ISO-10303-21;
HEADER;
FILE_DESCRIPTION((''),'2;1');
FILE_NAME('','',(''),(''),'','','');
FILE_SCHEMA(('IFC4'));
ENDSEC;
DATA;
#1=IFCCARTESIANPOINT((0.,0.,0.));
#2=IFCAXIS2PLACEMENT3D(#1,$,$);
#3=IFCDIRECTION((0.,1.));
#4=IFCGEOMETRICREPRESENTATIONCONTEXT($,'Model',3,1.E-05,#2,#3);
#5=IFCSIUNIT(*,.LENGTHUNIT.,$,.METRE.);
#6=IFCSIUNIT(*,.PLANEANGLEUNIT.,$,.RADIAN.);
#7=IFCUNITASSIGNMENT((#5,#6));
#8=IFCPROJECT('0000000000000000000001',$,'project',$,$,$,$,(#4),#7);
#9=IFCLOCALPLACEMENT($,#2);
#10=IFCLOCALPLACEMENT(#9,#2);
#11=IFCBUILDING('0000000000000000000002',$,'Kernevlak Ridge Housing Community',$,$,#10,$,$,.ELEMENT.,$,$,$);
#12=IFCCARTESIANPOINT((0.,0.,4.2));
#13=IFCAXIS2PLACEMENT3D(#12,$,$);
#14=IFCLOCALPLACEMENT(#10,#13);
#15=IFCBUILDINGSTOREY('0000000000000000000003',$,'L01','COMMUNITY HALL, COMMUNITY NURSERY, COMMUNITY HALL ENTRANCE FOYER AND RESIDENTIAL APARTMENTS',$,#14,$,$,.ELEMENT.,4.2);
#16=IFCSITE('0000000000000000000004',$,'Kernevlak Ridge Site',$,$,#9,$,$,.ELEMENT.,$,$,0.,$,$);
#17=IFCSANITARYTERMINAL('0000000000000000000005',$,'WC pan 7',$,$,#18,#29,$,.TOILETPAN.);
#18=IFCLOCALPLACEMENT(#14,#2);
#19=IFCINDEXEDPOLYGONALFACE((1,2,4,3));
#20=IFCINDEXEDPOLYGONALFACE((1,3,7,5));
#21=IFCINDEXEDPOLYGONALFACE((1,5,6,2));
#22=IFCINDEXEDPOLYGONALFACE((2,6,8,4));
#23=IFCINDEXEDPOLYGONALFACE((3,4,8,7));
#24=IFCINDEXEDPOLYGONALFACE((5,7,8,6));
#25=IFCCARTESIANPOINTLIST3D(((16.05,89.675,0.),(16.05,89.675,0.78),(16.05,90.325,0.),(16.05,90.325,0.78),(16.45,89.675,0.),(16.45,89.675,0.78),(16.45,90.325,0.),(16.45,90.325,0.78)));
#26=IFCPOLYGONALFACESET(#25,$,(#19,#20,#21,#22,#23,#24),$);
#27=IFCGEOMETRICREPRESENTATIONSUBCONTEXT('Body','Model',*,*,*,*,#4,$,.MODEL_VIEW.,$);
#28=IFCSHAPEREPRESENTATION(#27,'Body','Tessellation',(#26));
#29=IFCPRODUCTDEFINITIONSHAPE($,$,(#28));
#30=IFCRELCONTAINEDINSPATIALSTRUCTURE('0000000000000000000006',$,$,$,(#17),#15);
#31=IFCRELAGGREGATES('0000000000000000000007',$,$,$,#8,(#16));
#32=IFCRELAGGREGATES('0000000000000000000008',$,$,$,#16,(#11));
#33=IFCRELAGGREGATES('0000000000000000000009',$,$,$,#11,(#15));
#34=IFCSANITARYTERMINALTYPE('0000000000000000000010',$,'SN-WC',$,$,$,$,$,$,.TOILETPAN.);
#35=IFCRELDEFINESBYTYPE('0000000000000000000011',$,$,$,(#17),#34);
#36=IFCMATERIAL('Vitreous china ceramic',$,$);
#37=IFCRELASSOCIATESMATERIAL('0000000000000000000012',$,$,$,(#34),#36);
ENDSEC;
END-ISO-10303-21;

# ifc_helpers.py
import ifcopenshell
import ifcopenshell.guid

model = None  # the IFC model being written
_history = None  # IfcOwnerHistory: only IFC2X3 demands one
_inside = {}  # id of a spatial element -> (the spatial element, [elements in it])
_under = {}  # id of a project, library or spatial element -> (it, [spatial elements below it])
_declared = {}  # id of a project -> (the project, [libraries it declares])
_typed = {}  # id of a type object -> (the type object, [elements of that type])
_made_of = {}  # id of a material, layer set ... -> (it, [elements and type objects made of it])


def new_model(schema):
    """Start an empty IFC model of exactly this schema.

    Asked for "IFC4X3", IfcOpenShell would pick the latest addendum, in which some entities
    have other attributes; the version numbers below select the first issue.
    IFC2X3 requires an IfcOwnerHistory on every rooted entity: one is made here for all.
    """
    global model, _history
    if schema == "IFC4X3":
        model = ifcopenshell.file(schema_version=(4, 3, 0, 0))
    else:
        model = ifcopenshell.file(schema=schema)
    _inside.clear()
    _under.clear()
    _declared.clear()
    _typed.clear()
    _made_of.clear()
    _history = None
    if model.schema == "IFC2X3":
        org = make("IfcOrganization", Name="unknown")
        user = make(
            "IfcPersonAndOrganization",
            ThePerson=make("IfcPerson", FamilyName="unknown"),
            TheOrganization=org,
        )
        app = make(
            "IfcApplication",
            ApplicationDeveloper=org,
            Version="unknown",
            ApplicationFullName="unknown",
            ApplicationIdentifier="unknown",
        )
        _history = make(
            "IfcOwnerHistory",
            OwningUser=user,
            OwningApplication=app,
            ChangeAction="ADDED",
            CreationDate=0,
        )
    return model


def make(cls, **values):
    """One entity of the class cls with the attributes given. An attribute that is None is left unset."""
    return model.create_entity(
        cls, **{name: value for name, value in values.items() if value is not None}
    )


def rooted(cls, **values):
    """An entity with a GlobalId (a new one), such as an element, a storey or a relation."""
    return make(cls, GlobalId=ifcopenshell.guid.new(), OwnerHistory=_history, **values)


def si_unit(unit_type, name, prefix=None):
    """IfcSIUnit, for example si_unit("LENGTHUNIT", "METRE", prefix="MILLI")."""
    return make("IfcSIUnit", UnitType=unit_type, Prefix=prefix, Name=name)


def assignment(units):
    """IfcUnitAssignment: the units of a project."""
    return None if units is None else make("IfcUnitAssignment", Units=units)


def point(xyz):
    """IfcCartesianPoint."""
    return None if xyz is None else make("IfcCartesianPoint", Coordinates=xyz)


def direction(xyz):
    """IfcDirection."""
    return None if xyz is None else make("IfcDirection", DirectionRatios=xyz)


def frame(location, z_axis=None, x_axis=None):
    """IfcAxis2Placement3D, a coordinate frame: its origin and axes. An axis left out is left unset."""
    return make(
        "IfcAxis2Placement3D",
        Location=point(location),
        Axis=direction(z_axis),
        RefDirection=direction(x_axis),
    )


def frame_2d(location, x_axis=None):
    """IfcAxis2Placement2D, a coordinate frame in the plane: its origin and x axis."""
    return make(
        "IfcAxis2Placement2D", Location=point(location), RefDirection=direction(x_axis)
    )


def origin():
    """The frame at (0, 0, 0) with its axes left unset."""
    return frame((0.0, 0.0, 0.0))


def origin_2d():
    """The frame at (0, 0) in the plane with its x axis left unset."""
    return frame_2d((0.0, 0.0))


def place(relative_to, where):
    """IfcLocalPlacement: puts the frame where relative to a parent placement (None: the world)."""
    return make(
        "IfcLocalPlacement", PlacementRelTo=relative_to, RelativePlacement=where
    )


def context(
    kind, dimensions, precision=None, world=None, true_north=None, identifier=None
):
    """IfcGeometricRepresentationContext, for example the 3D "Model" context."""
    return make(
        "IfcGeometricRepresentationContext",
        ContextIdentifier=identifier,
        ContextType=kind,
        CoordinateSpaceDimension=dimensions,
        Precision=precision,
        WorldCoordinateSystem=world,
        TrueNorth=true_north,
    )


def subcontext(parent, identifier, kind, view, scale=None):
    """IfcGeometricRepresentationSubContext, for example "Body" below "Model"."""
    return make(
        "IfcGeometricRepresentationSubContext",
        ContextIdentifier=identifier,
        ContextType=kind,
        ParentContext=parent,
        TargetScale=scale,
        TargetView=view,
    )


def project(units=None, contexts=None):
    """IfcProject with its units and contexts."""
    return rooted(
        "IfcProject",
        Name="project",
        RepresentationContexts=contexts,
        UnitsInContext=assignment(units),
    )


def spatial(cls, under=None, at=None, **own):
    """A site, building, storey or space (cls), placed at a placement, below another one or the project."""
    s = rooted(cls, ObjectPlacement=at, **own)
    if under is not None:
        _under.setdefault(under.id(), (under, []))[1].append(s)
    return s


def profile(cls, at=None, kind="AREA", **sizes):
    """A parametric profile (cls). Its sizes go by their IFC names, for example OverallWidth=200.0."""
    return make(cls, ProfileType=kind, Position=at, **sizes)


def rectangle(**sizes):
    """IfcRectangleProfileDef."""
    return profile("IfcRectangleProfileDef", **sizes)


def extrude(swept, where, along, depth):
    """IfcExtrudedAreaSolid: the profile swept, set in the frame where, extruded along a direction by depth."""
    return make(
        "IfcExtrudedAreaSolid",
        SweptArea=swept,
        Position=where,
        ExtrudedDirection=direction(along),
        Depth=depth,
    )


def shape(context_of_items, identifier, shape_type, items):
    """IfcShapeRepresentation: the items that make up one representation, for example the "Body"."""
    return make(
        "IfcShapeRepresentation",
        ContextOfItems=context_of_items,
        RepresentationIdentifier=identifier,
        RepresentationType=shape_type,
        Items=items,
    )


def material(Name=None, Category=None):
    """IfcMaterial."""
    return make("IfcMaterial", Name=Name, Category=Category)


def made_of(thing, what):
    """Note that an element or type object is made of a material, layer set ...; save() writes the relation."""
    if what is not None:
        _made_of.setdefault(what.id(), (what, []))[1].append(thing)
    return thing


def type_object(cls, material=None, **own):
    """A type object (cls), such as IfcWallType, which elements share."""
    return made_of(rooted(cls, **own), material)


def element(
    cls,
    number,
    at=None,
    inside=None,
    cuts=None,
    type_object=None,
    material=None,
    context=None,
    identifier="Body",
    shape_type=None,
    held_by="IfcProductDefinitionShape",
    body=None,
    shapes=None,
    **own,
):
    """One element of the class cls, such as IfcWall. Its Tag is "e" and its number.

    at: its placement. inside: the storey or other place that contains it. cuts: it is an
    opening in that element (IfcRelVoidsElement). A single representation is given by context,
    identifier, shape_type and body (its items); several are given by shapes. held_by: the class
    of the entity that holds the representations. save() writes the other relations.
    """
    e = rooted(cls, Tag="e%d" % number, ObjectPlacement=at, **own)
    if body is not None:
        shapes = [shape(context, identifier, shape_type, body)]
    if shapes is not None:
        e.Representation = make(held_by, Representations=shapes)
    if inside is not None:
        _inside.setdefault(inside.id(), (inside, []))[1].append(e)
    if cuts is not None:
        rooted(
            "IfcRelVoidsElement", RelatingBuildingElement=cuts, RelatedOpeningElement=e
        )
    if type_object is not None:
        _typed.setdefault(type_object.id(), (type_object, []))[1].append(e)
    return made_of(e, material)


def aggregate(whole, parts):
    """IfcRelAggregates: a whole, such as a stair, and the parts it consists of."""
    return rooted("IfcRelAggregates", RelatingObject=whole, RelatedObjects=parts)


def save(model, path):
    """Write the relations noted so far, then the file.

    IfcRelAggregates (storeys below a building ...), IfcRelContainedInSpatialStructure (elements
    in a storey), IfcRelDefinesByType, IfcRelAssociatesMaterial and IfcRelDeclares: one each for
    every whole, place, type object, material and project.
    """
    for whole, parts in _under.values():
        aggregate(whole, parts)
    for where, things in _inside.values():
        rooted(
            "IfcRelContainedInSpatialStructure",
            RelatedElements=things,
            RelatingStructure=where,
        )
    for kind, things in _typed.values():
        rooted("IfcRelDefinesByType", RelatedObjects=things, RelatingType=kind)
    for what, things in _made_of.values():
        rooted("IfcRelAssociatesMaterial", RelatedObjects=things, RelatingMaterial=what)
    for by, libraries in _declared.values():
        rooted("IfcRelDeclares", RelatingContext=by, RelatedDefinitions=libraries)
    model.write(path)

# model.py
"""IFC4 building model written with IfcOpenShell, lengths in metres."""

from ifc_helpers import new_model, si_unit, direction, frame, origin, origin_2d, place, context, subcontext, project, spatial, rectangle, extrude, material, type_object, element, save


model = new_model("IFC4")

# Units and contexts
model_context = context("Model", 3, precision=1e-05, world=origin(), true_north=direction((0.0, 1.0)))
body_context = subcontext(model_context, "Body", "Model", "MODEL_VIEW")
ifc_project = project(units=[si_unit("LENGTHUNIT", "METRE"), si_unit("PLANEANGLEUNIT", "RADIAN")], contexts=[model_context])

# Site, building, storey
site_placement = place(None, origin())
site = spatial("IfcSite", under=ifc_project, at=site_placement, Name="Kernevlak Ridge Site", CompositionType="ELEMENT", RefElevation=0.0)
building_placement = place(site_placement, origin())
building = spatial("IfcBuilding", under=site, at=building_placement, Name="Kernevlak Ridge Housing Community", CompositionType="ELEMENT")
storey_placement = place(building_placement, frame((0.0, 0.0, 4.2)))
storey = spatial("IfcBuildingStorey", under=building, at=storey_placement, Name="L01", Description="COMMUNITY HALL, COMMUNITY NURSERY, COMMUNITY HALL ENTRANCE FOYER AND RESIDENTIAL APARTMENTS", CompositionType="ELEMENT", Elevation=4.2)

# Sanitary terminal
ifc_material_1 = material(Name="Vitreous china ceramic")
sanitary_terminal_type_1 = type_object("IfcSanitaryTerminalType", Name="SN-WC", PredefinedType="TOILETPAN", material=ifc_material_1)
sanitary_terminal_1_placement = place(storey_placement, frame((16.25, 90.0, 0.0), z_axis=(0.0, 0.0, 1.0), x_axis=(1.0, 0.0, 0.0)))
element("IfcSanitaryTerminal", 1, at=sanitary_terminal_1_placement, inside=storey, type_object=sanitary_terminal_type_1, Name="WC pan 7", PredefinedType="TOILETPAN", context=body_context, shape_type="SweptSolid", body=[
    extrude(rectangle(XDim=0.3999, YDim=0.6499, at=origin_2d()), origin(), (0.0, 0.0, 1.0), 0.78),
])

save(model, "model.ifc")
